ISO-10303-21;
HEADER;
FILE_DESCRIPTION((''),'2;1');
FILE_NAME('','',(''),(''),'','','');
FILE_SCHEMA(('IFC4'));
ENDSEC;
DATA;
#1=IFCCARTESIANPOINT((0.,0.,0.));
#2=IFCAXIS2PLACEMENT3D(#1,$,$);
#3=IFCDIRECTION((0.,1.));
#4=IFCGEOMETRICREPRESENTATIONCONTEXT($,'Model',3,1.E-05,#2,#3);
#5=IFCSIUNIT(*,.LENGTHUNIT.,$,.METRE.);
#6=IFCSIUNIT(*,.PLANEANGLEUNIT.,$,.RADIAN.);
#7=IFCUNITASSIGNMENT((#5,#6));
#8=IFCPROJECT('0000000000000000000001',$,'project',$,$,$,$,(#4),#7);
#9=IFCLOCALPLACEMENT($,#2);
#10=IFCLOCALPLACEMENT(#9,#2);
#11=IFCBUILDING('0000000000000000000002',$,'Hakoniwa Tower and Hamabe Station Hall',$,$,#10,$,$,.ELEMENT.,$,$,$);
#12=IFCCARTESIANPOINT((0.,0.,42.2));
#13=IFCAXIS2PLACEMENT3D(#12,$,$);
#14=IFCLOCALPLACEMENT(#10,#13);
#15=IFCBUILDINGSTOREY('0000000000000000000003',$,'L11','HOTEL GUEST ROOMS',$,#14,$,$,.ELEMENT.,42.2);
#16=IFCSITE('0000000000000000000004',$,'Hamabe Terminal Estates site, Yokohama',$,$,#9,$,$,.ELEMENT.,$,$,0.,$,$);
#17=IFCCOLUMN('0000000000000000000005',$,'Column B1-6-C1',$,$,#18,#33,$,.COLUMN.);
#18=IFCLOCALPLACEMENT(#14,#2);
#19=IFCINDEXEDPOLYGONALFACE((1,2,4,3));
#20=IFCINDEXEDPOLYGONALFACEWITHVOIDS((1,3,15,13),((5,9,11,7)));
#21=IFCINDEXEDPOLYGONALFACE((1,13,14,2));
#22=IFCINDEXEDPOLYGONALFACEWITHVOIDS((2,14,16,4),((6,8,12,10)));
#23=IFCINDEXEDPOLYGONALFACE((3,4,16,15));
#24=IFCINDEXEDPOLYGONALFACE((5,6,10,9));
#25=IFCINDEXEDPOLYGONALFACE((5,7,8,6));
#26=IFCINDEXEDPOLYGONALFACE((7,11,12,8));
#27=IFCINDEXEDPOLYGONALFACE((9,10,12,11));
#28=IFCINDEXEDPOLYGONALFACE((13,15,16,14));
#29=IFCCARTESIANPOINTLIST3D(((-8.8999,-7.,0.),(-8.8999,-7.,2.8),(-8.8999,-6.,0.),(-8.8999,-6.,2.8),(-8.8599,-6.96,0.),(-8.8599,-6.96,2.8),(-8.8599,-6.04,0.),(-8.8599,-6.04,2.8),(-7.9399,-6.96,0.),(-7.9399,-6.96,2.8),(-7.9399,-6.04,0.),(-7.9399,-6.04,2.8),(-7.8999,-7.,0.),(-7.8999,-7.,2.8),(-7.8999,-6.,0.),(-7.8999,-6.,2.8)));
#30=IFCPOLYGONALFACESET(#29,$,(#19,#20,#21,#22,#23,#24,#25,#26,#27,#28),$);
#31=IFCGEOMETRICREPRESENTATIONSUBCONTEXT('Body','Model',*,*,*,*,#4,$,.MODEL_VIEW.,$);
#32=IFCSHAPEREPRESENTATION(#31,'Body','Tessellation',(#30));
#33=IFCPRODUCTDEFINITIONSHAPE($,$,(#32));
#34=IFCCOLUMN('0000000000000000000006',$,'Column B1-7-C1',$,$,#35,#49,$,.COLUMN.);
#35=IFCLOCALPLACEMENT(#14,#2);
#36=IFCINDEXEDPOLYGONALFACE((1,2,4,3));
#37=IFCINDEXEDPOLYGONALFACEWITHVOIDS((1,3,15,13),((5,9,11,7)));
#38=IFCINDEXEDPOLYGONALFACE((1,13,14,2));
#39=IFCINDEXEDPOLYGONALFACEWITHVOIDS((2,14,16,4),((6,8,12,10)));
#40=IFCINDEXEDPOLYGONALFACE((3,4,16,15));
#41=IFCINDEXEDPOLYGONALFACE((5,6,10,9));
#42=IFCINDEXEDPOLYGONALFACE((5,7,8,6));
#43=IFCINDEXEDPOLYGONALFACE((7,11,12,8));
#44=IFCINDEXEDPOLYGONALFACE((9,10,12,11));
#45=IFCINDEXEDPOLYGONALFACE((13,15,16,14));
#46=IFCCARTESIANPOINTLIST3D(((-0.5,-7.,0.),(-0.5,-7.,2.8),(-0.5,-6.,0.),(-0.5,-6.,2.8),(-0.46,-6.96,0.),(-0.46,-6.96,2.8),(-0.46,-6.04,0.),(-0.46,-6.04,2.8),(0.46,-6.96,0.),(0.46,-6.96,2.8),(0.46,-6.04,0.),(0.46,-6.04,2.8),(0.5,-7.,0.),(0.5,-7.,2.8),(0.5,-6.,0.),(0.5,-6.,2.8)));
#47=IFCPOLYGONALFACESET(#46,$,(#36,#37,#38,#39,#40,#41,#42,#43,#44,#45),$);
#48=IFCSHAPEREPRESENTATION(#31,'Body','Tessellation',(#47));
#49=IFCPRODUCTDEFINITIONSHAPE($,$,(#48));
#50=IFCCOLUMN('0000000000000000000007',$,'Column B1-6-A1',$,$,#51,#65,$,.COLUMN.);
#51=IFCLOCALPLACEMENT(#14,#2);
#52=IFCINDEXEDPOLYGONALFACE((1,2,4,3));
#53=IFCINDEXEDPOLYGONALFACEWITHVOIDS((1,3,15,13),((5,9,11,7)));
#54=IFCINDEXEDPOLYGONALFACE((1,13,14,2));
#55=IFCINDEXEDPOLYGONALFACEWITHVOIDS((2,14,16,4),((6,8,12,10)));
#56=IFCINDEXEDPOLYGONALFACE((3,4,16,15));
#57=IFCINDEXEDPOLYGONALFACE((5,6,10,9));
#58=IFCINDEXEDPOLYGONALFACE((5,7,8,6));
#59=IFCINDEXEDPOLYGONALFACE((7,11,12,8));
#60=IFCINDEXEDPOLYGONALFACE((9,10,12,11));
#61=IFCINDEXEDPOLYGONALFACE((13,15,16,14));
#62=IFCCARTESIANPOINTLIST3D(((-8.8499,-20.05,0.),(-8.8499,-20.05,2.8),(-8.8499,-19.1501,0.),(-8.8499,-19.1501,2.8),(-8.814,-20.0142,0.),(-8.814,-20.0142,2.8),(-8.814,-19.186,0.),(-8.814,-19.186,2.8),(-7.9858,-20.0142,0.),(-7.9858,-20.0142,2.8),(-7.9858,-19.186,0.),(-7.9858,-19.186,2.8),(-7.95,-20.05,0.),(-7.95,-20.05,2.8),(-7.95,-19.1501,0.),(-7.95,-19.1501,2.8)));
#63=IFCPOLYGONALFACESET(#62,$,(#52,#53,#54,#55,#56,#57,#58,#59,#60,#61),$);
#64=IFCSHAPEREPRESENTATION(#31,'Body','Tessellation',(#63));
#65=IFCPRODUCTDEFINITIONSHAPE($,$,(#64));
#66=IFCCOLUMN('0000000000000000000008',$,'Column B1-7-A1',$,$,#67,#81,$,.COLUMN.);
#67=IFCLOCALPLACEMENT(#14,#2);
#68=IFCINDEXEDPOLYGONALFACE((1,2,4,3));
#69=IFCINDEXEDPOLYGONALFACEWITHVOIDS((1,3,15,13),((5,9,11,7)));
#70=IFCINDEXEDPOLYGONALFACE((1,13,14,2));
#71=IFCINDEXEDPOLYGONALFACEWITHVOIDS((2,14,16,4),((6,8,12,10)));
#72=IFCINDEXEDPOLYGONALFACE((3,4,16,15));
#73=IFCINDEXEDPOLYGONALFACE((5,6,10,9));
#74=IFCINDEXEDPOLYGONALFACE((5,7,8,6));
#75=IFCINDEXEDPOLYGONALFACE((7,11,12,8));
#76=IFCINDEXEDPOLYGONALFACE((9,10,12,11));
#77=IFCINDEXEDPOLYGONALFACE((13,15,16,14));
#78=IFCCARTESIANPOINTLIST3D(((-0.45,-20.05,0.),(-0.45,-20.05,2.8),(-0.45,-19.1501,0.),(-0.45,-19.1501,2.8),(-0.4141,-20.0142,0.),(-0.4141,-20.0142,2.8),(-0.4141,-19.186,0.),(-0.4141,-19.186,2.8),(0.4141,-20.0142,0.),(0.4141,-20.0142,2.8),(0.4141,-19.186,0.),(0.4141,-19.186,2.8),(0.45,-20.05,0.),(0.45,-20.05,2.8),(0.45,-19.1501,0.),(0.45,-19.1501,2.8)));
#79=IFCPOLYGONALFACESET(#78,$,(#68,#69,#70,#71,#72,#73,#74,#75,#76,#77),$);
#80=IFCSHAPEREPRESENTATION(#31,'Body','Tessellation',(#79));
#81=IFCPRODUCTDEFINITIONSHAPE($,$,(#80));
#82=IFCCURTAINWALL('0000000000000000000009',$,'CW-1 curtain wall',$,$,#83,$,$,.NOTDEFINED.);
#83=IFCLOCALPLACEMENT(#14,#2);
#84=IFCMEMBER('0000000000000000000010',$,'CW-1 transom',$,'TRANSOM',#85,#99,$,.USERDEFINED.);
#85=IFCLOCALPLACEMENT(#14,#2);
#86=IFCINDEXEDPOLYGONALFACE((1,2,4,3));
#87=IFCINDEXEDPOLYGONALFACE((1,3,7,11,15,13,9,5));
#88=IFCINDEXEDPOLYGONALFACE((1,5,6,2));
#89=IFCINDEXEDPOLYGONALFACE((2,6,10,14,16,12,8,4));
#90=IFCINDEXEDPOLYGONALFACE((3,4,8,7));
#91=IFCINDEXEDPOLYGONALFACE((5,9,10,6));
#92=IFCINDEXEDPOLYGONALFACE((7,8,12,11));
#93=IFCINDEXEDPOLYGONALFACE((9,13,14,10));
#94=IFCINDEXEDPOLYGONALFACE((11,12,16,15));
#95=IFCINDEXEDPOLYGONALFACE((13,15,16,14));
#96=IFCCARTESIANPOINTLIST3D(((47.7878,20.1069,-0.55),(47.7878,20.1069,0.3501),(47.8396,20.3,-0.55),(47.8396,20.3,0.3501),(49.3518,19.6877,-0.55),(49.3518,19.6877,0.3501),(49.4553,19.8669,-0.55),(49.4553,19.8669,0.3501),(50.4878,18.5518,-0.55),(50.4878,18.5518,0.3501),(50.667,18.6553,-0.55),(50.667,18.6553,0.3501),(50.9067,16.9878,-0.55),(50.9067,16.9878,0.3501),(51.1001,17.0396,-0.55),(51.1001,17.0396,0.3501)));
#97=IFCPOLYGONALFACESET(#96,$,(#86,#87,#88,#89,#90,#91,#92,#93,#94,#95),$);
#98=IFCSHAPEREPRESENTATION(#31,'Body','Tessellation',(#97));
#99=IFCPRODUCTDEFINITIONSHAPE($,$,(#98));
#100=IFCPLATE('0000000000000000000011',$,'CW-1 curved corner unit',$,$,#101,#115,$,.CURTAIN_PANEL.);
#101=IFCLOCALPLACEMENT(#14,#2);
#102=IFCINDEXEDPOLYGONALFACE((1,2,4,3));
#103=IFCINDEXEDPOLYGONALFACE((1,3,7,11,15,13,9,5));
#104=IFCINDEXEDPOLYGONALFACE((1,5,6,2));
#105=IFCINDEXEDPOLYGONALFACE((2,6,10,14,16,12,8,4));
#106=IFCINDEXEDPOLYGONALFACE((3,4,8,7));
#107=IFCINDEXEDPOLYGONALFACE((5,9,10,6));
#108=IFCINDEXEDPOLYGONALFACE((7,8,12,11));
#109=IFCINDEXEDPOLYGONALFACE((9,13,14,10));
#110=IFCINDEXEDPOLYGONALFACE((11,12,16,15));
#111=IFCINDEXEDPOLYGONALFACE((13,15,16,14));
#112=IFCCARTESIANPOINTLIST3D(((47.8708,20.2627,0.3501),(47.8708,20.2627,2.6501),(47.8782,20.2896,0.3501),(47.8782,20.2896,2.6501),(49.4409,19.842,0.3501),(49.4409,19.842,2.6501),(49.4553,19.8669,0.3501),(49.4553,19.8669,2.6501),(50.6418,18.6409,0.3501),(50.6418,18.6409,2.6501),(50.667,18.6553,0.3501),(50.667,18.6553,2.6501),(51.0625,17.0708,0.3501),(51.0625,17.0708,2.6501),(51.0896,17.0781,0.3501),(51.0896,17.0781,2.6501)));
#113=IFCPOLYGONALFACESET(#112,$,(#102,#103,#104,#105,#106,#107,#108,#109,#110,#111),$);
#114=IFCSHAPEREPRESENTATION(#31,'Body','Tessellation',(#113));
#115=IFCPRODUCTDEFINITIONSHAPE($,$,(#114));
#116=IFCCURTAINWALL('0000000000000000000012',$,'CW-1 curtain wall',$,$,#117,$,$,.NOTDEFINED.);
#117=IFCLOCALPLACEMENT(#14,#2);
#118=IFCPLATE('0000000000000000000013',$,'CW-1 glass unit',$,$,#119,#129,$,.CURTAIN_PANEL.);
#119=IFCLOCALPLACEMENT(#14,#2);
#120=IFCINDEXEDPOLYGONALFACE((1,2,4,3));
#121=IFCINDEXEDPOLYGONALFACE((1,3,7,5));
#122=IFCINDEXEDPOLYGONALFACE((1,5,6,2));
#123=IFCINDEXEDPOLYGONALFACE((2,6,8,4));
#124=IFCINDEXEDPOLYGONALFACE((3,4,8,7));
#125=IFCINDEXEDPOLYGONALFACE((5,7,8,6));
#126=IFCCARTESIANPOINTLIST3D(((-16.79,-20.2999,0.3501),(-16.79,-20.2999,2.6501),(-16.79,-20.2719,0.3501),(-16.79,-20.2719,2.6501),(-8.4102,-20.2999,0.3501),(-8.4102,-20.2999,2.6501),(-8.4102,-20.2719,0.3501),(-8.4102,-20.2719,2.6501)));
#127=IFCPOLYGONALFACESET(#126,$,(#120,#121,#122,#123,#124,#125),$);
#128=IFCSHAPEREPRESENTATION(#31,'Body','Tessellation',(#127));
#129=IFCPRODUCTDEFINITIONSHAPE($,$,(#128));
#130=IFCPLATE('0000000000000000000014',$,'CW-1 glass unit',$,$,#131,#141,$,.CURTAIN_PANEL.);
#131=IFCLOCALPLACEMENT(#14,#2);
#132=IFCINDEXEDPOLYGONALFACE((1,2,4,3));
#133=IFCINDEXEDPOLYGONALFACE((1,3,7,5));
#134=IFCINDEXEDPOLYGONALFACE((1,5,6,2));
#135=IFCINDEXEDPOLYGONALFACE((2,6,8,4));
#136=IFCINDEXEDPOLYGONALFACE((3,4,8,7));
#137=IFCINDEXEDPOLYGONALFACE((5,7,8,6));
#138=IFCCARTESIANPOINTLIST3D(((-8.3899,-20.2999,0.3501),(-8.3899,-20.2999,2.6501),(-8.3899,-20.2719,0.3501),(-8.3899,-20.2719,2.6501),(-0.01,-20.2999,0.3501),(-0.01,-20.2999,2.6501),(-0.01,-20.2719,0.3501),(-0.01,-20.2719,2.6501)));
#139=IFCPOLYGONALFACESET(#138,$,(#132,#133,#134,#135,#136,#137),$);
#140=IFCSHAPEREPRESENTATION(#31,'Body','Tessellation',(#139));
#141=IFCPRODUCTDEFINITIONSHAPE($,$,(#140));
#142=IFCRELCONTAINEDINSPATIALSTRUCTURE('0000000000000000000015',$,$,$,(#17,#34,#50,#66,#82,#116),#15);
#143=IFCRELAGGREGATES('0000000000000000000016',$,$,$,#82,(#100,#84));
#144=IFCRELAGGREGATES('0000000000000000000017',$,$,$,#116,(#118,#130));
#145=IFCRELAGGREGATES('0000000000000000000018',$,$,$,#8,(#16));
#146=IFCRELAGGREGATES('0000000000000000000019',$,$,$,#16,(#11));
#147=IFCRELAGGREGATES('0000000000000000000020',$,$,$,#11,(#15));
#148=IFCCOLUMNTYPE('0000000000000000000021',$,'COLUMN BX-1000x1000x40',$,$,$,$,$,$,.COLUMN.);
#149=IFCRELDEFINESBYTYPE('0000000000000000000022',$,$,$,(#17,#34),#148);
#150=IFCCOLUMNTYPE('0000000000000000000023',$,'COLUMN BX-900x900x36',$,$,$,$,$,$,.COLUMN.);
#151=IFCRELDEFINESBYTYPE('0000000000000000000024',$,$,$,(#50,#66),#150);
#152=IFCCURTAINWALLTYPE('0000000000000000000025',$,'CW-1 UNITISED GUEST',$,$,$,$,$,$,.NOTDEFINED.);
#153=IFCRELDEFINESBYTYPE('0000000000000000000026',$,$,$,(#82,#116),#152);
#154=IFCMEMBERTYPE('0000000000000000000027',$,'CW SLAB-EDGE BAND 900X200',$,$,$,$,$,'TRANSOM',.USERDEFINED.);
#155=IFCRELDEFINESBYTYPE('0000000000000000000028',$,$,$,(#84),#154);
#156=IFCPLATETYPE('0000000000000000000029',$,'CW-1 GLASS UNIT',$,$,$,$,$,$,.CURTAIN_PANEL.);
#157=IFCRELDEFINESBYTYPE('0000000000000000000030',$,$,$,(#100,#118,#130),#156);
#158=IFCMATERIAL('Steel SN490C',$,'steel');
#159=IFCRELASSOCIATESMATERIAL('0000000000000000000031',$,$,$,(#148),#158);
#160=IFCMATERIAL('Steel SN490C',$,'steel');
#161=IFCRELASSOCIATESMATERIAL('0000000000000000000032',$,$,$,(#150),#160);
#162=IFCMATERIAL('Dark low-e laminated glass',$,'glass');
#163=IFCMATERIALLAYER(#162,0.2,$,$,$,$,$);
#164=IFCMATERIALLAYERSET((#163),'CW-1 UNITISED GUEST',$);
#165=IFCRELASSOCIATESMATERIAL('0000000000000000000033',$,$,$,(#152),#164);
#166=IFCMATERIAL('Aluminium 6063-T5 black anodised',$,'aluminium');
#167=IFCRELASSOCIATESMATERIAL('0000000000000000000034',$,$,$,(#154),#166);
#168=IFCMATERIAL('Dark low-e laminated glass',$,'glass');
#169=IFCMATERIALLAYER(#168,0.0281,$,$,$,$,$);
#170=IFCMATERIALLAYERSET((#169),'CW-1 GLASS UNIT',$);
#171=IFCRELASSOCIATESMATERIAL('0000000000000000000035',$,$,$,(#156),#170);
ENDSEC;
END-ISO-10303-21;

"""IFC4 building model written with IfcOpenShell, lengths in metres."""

from ifc_helpers import new_model, si_unit, direction, frame, origin, origin_2d, place, context, subcontext, project, spatial, polyline, rectangle, hollow_rectangle, outline, extrude, material, layer, layer_set, material_profile, profile_set, type_object, element, aggregate, save


model = new_model("IFC4")

# Units and contexts
model_context = context("Model", 3, precision=1e-05, world=origin(), true_north=direction((0.0, 1.0)))
body_context = subcontext(model_context, "Body", "Model", "MODEL_VIEW")
ifc_project = project(units=[si_unit("LENGTHUNIT", "METRE"), si_unit("PLANEANGLEUNIT", "RADIAN")], contexts=[model_context])

# Site, building, storey
site_placement = place(None, origin())
site = spatial("IfcSite", under=ifc_project, at=site_placement, Name="Hamabe Terminal Estates site, Yokohama", CompositionType="ELEMENT", RefElevation=0.0)
building_placement = place(site_placement, origin())
building = spatial("IfcBuilding", under=site, at=building_placement, Name="Hakoniwa Tower and Hamabe Station Hall", CompositionType="ELEMENT")
storey_placement = place(building_placement, frame((0.0, 0.0, 42.2)))
storey = spatial("IfcBuildingStorey", under=building, at=storey_placement, Name="L11", Description="HOTEL GUEST ROOMS", CompositionType="ELEMENT", Elevation=42.2)

# Columns
ifc_material_1 = material(Name="Steel SN490C", Category="steel")
ifc_material_profile_1 = material_profile(ifc_material_1, hollow_rectangle(XDim=1.0, YDim=1.0, WallThickness=0.04, at=origin_2d()), Name="BX-1000x1000x40")
ifc_profile_set_1 = profile_set([ifc_material_profile_1], Name="Steel SN490C")
column_type_1 = type_object("IfcColumnType", Name="COLUMN BX-1000x1000x40", PredefinedType="COLUMN", material=ifc_profile_set_1)
for number, where, z_axis, x_axis, name in (
    (1, (-8.3999, -6.5, 0.0), (0.0, 0.0, 1.0), (1.0, 0.0, 0.0), "Column B1-6-C1"),
    (2, (0.0, -6.5, 0.0), (0.0, 0.0, 1.0), (1.0, 0.0, 0.0), "Column B1-7-C1"),
):
    element("IfcColumn", number, at=place(storey_placement, frame(where, z_axis=z_axis, x_axis=x_axis)), inside=storey, type_object=column_type_1, Name=name, PredefinedType="COLUMN", context=body_context, shape_type="SweptSolid", body=[
        extrude(hollow_rectangle(XDim=1.0, YDim=1.0, WallThickness=0.04, at=origin_2d()), origin(), (0.0, 0.0, 1.0), 2.8),
    ])
ifc_material_2 = material(Name="Steel SN490C", Category="steel")
ifc_material_profile_2 = material_profile(ifc_material_2, hollow_rectangle(XDim=0.8999, YDim=0.8999, WallThickness=0.0359, at=origin_2d()), Name="BX-900x900x36")
ifc_profile_set_2 = profile_set([ifc_material_profile_2], Name="Steel SN490C")
column_type_2 = type_object("IfcColumnType", Name="COLUMN BX-900x900x36", PredefinedType="COLUMN", material=ifc_profile_set_2)
for number, where, z_axis, x_axis, name in (
    (3, (-8.3999, -19.6001, 0.0), (0.0, 0.0, 1.0), (1.0, 0.0, 0.0), "Column B1-6-A1"),
    (4, (0.0, -19.6001, 0.0), (0.0, 0.0, 1.0), (1.0, 0.0, 0.0), "Column B1-7-A1"),
):
    element("IfcColumn", number, at=place(storey_placement, frame(where, z_axis=z_axis, x_axis=x_axis)), inside=storey, type_object=column_type_2, Name=name, PredefinedType="COLUMN", context=body_context, shape_type="SweptSolid", body=[
        extrude(hollow_rectangle(XDim=0.8999, YDim=0.8999, WallThickness=0.0359, at=origin_2d()), origin(), (0.0, 0.0, 1.0), 2.8),
    ])

# Curtain wall, member, plate
ifc_material_3 = material(Name="Dark low-e laminated glass", Category="glass")
ifc_layer_1 = layer(ifc_material_3, 0.2)
ifc_layer_set_1 = layer_set([ifc_layer_1], Name="CW-1 UNITISED GUEST")
curtain_wall_type = type_object("IfcCurtainWallType", Name="CW-1 UNITISED GUEST", PredefinedType="NOTDEFINED", material=ifc_layer_set_1)
curtain_wall_1_placement = place(storey_placement, origin())
curtain_wall_1 = element("IfcCurtainWall", 5, at=curtain_wall_1_placement, inside=storey, type_object=curtain_wall_type, Name="CW-1 curtain wall", PredefinedType="NOTDEFINED")
ifc_material_4 = material(Name="Aluminium 6063-T5 black anodised", Category="aluminium")
ifc_material_profile_3 = material_profile(ifc_material_4, rectangle(XDim=0.2, YDim=0.8999, at=origin_2d()), Name="CW SLAB-EDGE BAND 900X200")
ifc_profile_set_3 = profile_set([ifc_material_profile_3], Name="Aluminium 6063-T5 black anodised")
member_type = type_object("IfcMemberType", Name="CW SLAB-EDGE BAND 900X200", ElementType="TRANSOM", PredefinedType="USERDEFINED", material=ifc_profile_set_3)
member_placement = place(storey_placement, frame((0.0, 0.0, -0.55)))
member = element("IfcMember", 6, at=member_placement, type_object=member_type, Name="CW-1 transom", ObjectType="TRANSOM", PredefinedType="USERDEFINED", context=body_context, shape_type="SweptSolid", body=[
    extrude(outline(polyline([(51.1001, 17.0396), (50.667, 18.6553), (49.4553, 19.8669), (47.8396, 20.3), (47.7878, 20.1069), (49.3518, 19.6877), (50.4878, 18.5518), (50.9067, 16.9878), (51.1001, 17.0396)])), origin(), (0.0, 0.0, 1.0), 0.9001),
])
ifc_material_5 = material(Name="Dark low-e laminated glass", Category="glass")
ifc_layer_2 = layer(ifc_material_5, 0.0281)
ifc_layer_set_2 = layer_set([ifc_layer_2], Name="CW-1 GLASS UNIT")
plate_type = type_object("IfcPlateType", Name="CW-1 GLASS UNIT", PredefinedType="CURTAIN_PANEL", material=ifc_layer_set_2)
plate_1_placement = place(storey_placement, frame((0.0, 0.0, 0.3501)))
plate_1 = element("IfcPlate", 7, at=plate_1_placement, type_object=plate_type, Name="CW-1 curved corner unit", PredefinedType="CURTAIN_PANEL", context=body_context, shape_type="SweptSolid", body=[
    extrude(outline(polyline([(51.0896, 17.0781), (50.667, 18.6553), (49.4553, 19.8669), (47.8782, 20.2896), (47.8708, 20.2627), (49.4409, 19.842), (50.6418, 18.6409), (51.0625, 17.0708), (51.0896, 17.0781)])), origin(), (0.0, 0.0, 1.0), 2.3),
])
aggregate(curtain_wall_1, [plate_1, member])

# Curtain wall, plates
curtain_wall_2_placement = place(storey_placement, origin())
curtain_wall_2 = element("IfcCurtainWall", 8, at=curtain_wall_2_placement, inside=storey, type_object=curtain_wall_type, Name="CW-1 curtain wall", PredefinedType="NOTDEFINED")
plate_2_placement = place(storey_placement, frame((-12.6001, -20.2859, 0.3501), z_axis=(0.0, 0.0, 1.0), x_axis=(1.0, 0.0, 0.0)))
plate_2 = element("IfcPlate", 9, at=plate_2_placement, type_object=plate_type, Name="CW-1 glass unit", PredefinedType="CURTAIN_PANEL", context=body_context, shape_type="SweptSolid", body=[
    extrude(rectangle(XDim=8.3799, YDim=0.0281, at=origin_2d()), origin(), (0.0, 0.0, 1.0), 2.3),
])
plate_3_placement = place(storey_placement, frame((-4.2, -20.2859, 0.3501), z_axis=(0.0, 0.0, 1.0), x_axis=(1.0, 0.0, 0.0)))
plate_3 = element("IfcPlate", 10, at=plate_3_placement, type_object=plate_type, Name="CW-1 glass unit", PredefinedType="CURTAIN_PANEL", context=body_context, shape_type="SweptSolid", body=[
    extrude(rectangle(XDim=8.3799, YDim=0.0281, at=origin_2d()), origin(), (0.0, 0.0, 1.0), 2.3),
])
aggregate(curtain_wall_2, [plate_2, plate_3])

save(model, "model.ifc")
